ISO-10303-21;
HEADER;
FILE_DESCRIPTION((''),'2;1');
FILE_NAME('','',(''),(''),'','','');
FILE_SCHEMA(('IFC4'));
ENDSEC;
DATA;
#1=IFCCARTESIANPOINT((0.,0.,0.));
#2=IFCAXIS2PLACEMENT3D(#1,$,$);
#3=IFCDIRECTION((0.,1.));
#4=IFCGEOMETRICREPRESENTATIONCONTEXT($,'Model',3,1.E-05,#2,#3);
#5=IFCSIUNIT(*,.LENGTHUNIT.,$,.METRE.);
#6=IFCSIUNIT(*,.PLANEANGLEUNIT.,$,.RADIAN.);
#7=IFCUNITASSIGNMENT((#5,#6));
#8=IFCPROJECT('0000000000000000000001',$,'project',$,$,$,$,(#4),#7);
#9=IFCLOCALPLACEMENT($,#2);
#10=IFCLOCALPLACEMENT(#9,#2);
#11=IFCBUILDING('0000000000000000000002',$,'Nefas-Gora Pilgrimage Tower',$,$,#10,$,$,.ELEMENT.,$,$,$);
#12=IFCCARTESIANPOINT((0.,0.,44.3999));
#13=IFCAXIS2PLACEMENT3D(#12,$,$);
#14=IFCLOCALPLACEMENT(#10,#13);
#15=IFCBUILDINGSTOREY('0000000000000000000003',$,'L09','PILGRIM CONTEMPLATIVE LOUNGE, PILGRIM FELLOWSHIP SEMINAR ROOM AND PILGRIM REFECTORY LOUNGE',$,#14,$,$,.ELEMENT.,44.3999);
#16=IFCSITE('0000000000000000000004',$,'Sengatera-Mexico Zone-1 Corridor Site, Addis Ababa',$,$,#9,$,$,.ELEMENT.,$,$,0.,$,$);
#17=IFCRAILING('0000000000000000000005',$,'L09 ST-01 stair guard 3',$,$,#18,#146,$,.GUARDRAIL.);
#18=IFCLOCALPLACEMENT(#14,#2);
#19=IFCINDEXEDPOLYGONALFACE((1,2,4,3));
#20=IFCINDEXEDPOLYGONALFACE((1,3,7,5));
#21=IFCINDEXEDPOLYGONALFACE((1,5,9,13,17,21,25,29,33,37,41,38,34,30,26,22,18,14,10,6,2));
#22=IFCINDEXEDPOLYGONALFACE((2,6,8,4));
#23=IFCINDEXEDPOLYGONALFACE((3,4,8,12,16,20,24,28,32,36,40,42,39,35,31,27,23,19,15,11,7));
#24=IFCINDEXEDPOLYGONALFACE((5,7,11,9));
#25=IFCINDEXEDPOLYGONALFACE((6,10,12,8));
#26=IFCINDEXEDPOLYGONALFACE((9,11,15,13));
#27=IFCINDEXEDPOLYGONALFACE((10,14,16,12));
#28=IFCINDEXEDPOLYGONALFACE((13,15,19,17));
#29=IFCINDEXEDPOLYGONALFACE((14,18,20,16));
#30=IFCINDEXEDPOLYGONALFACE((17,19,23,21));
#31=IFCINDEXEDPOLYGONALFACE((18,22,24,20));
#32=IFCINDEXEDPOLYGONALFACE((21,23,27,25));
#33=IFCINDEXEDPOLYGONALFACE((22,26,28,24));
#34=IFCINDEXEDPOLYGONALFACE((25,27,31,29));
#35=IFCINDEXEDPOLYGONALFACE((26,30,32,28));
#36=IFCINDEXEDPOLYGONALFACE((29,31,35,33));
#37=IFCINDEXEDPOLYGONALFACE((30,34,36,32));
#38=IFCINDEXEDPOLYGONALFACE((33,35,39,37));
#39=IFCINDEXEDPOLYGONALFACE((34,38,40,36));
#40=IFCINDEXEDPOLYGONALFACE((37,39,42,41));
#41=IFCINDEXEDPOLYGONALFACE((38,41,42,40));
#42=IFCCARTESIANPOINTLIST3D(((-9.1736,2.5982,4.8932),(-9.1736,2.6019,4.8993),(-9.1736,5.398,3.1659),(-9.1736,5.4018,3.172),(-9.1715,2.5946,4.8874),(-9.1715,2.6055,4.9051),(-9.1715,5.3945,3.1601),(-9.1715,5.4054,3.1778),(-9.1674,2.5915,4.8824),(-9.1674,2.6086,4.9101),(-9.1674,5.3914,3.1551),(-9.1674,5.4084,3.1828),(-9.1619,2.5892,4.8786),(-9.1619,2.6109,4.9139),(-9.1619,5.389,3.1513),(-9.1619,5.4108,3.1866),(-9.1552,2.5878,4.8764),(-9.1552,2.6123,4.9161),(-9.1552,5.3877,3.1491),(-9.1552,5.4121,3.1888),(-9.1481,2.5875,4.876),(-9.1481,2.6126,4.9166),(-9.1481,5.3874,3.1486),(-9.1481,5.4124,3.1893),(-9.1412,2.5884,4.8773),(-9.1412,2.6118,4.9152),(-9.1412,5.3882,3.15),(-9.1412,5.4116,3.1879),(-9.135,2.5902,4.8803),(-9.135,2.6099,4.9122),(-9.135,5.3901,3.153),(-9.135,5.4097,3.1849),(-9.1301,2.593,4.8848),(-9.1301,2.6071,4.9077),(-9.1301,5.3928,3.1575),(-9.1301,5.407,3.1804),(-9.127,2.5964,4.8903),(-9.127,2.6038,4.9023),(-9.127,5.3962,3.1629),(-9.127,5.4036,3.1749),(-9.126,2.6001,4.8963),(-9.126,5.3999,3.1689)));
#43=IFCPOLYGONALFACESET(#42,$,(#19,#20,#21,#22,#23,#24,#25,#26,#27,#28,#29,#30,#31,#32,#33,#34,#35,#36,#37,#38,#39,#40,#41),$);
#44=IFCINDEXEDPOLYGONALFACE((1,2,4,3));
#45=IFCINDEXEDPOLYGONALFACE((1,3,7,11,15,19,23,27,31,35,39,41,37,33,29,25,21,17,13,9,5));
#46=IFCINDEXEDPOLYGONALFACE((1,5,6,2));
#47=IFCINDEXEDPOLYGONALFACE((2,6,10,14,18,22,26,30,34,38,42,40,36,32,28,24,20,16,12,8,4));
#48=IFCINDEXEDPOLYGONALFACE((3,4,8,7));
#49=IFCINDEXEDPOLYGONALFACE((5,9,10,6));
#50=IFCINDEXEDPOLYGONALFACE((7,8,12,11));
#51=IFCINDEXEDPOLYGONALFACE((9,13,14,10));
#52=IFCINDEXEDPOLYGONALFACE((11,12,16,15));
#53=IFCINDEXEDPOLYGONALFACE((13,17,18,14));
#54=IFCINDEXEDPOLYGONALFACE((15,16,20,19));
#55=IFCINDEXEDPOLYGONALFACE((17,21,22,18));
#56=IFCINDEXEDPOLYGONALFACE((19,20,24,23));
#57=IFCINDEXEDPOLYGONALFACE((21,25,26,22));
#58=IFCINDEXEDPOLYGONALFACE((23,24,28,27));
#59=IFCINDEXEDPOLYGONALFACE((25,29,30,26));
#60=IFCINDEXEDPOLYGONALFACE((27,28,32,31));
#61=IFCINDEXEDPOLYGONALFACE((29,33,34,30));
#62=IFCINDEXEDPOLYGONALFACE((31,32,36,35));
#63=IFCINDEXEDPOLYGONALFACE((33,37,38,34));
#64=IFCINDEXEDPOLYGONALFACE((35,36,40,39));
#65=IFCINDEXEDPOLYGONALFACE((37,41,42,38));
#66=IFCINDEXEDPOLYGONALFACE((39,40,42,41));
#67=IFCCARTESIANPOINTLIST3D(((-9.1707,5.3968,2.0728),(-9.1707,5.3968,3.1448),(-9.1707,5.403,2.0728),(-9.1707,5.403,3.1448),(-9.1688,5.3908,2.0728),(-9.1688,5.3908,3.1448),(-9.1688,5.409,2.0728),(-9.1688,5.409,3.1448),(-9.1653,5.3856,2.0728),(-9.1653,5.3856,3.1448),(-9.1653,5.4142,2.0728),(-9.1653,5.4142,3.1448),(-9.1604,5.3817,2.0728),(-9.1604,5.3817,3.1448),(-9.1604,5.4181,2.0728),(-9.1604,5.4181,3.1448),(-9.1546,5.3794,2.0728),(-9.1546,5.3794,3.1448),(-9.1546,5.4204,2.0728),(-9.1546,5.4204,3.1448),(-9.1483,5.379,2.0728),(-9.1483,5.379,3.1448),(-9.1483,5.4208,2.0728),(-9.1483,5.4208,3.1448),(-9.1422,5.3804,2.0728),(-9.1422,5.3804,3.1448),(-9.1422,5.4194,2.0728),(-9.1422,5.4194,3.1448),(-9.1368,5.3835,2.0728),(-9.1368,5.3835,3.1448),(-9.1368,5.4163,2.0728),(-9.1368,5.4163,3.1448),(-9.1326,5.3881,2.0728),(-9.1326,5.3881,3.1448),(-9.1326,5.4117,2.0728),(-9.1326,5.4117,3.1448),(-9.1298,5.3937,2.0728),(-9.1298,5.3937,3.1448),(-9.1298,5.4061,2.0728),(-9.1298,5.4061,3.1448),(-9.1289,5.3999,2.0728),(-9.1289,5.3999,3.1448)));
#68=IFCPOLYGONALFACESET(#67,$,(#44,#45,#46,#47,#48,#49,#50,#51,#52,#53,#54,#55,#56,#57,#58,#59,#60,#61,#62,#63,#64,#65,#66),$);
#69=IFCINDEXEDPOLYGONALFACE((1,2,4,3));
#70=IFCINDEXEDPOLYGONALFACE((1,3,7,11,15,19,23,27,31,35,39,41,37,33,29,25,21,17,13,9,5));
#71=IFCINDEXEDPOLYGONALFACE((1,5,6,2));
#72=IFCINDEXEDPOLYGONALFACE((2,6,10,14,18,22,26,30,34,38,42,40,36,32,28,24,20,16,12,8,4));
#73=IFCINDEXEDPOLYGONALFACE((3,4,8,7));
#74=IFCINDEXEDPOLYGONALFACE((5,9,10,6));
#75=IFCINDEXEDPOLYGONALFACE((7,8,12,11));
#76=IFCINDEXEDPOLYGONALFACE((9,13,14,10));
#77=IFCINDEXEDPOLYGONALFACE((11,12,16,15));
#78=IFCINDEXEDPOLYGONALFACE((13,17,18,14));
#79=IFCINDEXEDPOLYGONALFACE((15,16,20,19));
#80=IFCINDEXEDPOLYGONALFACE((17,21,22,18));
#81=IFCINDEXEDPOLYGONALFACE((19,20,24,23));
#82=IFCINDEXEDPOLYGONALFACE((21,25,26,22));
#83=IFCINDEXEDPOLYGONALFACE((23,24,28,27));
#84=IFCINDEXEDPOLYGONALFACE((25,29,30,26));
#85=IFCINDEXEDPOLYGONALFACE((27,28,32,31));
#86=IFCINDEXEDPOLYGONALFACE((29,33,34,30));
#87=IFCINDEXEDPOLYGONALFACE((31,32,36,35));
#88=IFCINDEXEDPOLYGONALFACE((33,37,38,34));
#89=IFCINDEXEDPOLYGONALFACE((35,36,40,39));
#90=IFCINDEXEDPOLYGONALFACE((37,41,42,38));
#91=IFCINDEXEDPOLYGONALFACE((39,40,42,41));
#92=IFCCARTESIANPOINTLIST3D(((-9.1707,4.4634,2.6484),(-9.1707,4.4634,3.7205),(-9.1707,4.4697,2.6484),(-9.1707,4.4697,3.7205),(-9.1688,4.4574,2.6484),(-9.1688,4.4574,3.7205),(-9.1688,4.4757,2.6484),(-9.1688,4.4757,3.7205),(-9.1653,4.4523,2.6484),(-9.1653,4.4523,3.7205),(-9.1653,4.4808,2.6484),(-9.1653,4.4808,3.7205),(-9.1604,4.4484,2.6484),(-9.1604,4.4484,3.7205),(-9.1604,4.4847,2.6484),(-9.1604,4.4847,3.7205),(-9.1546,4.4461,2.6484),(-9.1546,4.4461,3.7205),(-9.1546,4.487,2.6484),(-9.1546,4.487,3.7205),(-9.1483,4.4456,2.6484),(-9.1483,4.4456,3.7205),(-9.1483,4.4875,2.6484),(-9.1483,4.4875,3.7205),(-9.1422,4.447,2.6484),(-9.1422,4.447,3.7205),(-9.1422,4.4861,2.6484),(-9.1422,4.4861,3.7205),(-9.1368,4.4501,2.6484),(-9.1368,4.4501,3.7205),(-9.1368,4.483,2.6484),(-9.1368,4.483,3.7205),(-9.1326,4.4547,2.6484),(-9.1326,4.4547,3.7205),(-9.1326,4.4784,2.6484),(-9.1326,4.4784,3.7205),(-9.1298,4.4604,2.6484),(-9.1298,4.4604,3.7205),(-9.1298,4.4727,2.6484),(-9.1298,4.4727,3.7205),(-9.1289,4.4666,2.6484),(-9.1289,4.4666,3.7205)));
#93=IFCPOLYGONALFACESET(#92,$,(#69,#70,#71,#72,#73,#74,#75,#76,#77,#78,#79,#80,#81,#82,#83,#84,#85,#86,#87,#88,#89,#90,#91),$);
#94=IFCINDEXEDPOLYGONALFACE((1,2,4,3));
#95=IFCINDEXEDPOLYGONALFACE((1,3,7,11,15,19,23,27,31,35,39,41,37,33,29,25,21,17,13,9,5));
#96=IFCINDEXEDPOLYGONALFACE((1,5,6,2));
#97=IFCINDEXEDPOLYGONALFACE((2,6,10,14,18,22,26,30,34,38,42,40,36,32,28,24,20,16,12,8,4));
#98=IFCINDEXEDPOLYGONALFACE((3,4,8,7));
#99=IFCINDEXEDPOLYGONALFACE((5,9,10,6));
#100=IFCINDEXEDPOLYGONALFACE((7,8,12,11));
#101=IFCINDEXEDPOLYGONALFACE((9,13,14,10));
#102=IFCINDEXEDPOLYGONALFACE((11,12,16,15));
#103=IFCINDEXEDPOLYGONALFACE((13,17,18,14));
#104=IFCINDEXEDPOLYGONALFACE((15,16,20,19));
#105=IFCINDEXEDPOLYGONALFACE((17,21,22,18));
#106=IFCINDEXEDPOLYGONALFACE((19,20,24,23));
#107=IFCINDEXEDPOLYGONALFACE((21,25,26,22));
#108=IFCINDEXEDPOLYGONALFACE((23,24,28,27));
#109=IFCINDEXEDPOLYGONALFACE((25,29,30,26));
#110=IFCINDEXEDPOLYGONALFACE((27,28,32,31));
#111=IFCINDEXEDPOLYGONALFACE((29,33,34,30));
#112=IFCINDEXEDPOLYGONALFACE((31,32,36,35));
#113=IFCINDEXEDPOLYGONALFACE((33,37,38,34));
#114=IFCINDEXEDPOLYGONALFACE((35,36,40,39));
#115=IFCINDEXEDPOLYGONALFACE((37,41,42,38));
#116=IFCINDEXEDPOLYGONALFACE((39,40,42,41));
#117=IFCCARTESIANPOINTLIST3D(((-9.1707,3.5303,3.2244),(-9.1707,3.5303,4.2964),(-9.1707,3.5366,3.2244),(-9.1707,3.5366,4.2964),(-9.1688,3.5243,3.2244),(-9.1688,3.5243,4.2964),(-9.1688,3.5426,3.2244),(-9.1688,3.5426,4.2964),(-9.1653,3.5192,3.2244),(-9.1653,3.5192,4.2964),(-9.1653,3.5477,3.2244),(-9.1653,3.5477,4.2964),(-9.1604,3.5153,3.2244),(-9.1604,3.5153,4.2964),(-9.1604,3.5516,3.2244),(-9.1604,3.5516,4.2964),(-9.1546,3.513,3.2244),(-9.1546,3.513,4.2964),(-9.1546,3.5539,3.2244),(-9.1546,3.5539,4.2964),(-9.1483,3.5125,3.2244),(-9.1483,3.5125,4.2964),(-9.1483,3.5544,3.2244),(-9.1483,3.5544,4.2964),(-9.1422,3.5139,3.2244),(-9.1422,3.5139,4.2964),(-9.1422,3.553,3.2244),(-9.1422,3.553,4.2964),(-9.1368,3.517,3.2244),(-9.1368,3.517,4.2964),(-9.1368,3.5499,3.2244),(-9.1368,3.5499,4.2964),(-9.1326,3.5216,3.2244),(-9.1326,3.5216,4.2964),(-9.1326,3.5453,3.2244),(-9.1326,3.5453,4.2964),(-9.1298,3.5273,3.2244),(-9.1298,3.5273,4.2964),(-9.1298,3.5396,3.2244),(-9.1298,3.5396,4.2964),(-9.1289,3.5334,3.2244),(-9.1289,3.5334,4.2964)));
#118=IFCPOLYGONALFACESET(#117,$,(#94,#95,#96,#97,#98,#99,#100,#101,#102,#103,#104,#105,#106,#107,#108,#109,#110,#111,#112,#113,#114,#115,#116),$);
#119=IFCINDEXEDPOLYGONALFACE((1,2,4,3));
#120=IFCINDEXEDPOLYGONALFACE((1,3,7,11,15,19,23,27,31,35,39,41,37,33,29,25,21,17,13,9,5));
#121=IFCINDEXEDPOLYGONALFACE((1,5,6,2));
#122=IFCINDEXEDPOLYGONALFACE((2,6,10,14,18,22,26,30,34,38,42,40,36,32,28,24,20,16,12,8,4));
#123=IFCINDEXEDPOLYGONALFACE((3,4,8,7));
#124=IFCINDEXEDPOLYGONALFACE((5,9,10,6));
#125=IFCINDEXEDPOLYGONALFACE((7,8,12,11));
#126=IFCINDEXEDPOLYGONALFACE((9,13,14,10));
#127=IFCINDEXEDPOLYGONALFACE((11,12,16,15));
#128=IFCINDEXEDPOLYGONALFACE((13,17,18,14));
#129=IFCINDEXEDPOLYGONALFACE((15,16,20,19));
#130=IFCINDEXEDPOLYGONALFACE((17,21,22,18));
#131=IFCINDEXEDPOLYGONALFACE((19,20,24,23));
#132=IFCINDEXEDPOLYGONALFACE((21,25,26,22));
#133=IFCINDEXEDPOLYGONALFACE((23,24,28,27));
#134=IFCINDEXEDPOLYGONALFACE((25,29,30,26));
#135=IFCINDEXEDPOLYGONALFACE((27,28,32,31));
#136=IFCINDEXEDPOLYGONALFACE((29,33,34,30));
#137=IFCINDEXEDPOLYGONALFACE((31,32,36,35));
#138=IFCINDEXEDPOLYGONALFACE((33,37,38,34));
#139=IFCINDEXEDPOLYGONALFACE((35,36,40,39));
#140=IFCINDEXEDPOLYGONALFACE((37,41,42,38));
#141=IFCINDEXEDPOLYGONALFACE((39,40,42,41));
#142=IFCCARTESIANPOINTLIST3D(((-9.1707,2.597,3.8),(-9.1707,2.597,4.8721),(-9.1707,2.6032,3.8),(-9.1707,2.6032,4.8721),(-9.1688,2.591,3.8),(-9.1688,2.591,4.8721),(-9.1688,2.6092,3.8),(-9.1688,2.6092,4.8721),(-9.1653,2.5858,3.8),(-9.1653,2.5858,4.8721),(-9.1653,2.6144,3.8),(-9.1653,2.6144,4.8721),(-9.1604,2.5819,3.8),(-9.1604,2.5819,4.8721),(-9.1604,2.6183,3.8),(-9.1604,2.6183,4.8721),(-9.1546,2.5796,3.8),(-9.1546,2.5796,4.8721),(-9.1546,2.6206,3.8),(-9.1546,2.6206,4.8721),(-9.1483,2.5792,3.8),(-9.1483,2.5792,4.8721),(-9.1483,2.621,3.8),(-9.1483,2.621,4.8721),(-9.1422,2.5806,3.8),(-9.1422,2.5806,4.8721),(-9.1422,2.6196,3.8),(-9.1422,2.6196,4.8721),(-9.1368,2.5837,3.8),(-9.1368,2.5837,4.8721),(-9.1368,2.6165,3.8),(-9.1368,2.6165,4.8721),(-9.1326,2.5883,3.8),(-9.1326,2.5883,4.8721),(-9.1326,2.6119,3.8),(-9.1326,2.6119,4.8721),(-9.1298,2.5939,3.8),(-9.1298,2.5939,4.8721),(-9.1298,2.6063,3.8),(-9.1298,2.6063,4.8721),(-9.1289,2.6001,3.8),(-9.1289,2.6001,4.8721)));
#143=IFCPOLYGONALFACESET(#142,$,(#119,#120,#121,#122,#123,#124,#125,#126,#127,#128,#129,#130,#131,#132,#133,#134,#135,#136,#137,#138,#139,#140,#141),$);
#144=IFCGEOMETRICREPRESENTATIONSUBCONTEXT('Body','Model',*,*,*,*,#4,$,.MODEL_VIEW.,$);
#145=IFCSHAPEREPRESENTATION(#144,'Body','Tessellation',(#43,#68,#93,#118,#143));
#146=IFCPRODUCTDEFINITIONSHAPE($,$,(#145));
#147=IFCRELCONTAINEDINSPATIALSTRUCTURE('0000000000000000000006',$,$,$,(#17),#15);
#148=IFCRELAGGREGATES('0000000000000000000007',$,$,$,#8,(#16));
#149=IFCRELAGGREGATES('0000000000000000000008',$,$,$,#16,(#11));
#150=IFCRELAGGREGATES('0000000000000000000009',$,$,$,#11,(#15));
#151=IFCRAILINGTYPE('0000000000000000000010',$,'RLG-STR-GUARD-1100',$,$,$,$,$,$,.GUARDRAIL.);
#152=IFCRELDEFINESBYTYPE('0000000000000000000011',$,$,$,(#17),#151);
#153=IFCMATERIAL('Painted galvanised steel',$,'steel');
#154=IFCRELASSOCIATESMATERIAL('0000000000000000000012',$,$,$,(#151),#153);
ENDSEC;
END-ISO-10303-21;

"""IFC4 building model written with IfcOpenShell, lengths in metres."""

from ifc_helpers import new_model, si_unit, direction, frame, origin, origin_2d, place, context, subcontext, project, spatial, circle, extrude, material, type_object, element, save


model = new_model("IFC4")

# Units and contexts
model_context = context("Model", 3, precision=1e-05, world=origin(), true_north=direction((0.0, 1.0)))
body_context = subcontext(model_context, "Body", "Model", "MODEL_VIEW")
ifc_project = project(units=[si_unit("LENGTHUNIT", "METRE"), si_unit("PLANEANGLEUNIT", "RADIAN")], contexts=[model_context])

# Site, building, storey
site_placement = place(None, origin())
site = spatial("IfcSite", under=ifc_project, at=site_placement, Name="Sengatera-Mexico Zone-1 Corridor Site, Addis Ababa", CompositionType="ELEMENT", RefElevation=0.0)
building_placement = place(site_placement, origin())
building = spatial("IfcBuilding", under=site, at=building_placement, Name="Nefas-Gora Pilgrimage Tower", CompositionType="ELEMENT")
storey_placement = place(building_placement, frame((0.0, 0.0, 44.3999)))
storey = spatial("IfcBuildingStorey", under=building, at=storey_placement, Name="L09", Description="PILGRIM CONTEMPLATIVE LOUNGE, PILGRIM FELLOWSHIP SEMINAR ROOM AND PILGRIM REFECTORY LOUNGE", CompositionType="ELEMENT", Elevation=44.3999)

# Railing
ifc_material_1 = material(Name="Painted galvanised steel", Category="steel")
railing_type_1 = type_object("IfcRailingType", Name="RLG-STR-GUARD-1100", PredefinedType="GUARDRAIL", material=ifc_material_1)
railing_1_placement = place(storey_placement, frame((-9.1499, 5.3999, 2.0728)))
element("IfcRailing", 1, at=railing_1_placement, inside=storey, type_object=railing_type_1, Name="L09 ST-01 stair guard 3", PredefinedType="GUARDRAIL", context=body_context, shape_type="SweptSolid", body=[
    extrude(circle(Radius=0.0239, at=origin_2d()), frame((0.0, 0.0, 1.0962), z_axis=(0.0, -0.851069, 0.525054), x_axis=(1.0, 0.0, 0.0)), (0.0, 0.0, 1.0), 3.2898),
    extrude(circle(Radius=0.021, at=origin_2d()), origin(), (0.0, 0.0, 1.0), 1.072),
    extrude(circle(Radius=0.021, at=origin_2d()), frame((0.0, -0.9333, 0.5757)), (0.0, 0.0, 1.0), 1.072),
    extrude(circle(Radius=0.021, at=origin_2d()), frame((0.0, -1.8665, 1.1516)), (0.0, 0.0, 1.0), 1.072),
    extrude(circle(Radius=0.021, at=origin_2d()), frame((0.0, -2.7998, 1.7273)), (0.0, 0.0, 1.0), 1.072),
])

save(model, "model.ifc")
